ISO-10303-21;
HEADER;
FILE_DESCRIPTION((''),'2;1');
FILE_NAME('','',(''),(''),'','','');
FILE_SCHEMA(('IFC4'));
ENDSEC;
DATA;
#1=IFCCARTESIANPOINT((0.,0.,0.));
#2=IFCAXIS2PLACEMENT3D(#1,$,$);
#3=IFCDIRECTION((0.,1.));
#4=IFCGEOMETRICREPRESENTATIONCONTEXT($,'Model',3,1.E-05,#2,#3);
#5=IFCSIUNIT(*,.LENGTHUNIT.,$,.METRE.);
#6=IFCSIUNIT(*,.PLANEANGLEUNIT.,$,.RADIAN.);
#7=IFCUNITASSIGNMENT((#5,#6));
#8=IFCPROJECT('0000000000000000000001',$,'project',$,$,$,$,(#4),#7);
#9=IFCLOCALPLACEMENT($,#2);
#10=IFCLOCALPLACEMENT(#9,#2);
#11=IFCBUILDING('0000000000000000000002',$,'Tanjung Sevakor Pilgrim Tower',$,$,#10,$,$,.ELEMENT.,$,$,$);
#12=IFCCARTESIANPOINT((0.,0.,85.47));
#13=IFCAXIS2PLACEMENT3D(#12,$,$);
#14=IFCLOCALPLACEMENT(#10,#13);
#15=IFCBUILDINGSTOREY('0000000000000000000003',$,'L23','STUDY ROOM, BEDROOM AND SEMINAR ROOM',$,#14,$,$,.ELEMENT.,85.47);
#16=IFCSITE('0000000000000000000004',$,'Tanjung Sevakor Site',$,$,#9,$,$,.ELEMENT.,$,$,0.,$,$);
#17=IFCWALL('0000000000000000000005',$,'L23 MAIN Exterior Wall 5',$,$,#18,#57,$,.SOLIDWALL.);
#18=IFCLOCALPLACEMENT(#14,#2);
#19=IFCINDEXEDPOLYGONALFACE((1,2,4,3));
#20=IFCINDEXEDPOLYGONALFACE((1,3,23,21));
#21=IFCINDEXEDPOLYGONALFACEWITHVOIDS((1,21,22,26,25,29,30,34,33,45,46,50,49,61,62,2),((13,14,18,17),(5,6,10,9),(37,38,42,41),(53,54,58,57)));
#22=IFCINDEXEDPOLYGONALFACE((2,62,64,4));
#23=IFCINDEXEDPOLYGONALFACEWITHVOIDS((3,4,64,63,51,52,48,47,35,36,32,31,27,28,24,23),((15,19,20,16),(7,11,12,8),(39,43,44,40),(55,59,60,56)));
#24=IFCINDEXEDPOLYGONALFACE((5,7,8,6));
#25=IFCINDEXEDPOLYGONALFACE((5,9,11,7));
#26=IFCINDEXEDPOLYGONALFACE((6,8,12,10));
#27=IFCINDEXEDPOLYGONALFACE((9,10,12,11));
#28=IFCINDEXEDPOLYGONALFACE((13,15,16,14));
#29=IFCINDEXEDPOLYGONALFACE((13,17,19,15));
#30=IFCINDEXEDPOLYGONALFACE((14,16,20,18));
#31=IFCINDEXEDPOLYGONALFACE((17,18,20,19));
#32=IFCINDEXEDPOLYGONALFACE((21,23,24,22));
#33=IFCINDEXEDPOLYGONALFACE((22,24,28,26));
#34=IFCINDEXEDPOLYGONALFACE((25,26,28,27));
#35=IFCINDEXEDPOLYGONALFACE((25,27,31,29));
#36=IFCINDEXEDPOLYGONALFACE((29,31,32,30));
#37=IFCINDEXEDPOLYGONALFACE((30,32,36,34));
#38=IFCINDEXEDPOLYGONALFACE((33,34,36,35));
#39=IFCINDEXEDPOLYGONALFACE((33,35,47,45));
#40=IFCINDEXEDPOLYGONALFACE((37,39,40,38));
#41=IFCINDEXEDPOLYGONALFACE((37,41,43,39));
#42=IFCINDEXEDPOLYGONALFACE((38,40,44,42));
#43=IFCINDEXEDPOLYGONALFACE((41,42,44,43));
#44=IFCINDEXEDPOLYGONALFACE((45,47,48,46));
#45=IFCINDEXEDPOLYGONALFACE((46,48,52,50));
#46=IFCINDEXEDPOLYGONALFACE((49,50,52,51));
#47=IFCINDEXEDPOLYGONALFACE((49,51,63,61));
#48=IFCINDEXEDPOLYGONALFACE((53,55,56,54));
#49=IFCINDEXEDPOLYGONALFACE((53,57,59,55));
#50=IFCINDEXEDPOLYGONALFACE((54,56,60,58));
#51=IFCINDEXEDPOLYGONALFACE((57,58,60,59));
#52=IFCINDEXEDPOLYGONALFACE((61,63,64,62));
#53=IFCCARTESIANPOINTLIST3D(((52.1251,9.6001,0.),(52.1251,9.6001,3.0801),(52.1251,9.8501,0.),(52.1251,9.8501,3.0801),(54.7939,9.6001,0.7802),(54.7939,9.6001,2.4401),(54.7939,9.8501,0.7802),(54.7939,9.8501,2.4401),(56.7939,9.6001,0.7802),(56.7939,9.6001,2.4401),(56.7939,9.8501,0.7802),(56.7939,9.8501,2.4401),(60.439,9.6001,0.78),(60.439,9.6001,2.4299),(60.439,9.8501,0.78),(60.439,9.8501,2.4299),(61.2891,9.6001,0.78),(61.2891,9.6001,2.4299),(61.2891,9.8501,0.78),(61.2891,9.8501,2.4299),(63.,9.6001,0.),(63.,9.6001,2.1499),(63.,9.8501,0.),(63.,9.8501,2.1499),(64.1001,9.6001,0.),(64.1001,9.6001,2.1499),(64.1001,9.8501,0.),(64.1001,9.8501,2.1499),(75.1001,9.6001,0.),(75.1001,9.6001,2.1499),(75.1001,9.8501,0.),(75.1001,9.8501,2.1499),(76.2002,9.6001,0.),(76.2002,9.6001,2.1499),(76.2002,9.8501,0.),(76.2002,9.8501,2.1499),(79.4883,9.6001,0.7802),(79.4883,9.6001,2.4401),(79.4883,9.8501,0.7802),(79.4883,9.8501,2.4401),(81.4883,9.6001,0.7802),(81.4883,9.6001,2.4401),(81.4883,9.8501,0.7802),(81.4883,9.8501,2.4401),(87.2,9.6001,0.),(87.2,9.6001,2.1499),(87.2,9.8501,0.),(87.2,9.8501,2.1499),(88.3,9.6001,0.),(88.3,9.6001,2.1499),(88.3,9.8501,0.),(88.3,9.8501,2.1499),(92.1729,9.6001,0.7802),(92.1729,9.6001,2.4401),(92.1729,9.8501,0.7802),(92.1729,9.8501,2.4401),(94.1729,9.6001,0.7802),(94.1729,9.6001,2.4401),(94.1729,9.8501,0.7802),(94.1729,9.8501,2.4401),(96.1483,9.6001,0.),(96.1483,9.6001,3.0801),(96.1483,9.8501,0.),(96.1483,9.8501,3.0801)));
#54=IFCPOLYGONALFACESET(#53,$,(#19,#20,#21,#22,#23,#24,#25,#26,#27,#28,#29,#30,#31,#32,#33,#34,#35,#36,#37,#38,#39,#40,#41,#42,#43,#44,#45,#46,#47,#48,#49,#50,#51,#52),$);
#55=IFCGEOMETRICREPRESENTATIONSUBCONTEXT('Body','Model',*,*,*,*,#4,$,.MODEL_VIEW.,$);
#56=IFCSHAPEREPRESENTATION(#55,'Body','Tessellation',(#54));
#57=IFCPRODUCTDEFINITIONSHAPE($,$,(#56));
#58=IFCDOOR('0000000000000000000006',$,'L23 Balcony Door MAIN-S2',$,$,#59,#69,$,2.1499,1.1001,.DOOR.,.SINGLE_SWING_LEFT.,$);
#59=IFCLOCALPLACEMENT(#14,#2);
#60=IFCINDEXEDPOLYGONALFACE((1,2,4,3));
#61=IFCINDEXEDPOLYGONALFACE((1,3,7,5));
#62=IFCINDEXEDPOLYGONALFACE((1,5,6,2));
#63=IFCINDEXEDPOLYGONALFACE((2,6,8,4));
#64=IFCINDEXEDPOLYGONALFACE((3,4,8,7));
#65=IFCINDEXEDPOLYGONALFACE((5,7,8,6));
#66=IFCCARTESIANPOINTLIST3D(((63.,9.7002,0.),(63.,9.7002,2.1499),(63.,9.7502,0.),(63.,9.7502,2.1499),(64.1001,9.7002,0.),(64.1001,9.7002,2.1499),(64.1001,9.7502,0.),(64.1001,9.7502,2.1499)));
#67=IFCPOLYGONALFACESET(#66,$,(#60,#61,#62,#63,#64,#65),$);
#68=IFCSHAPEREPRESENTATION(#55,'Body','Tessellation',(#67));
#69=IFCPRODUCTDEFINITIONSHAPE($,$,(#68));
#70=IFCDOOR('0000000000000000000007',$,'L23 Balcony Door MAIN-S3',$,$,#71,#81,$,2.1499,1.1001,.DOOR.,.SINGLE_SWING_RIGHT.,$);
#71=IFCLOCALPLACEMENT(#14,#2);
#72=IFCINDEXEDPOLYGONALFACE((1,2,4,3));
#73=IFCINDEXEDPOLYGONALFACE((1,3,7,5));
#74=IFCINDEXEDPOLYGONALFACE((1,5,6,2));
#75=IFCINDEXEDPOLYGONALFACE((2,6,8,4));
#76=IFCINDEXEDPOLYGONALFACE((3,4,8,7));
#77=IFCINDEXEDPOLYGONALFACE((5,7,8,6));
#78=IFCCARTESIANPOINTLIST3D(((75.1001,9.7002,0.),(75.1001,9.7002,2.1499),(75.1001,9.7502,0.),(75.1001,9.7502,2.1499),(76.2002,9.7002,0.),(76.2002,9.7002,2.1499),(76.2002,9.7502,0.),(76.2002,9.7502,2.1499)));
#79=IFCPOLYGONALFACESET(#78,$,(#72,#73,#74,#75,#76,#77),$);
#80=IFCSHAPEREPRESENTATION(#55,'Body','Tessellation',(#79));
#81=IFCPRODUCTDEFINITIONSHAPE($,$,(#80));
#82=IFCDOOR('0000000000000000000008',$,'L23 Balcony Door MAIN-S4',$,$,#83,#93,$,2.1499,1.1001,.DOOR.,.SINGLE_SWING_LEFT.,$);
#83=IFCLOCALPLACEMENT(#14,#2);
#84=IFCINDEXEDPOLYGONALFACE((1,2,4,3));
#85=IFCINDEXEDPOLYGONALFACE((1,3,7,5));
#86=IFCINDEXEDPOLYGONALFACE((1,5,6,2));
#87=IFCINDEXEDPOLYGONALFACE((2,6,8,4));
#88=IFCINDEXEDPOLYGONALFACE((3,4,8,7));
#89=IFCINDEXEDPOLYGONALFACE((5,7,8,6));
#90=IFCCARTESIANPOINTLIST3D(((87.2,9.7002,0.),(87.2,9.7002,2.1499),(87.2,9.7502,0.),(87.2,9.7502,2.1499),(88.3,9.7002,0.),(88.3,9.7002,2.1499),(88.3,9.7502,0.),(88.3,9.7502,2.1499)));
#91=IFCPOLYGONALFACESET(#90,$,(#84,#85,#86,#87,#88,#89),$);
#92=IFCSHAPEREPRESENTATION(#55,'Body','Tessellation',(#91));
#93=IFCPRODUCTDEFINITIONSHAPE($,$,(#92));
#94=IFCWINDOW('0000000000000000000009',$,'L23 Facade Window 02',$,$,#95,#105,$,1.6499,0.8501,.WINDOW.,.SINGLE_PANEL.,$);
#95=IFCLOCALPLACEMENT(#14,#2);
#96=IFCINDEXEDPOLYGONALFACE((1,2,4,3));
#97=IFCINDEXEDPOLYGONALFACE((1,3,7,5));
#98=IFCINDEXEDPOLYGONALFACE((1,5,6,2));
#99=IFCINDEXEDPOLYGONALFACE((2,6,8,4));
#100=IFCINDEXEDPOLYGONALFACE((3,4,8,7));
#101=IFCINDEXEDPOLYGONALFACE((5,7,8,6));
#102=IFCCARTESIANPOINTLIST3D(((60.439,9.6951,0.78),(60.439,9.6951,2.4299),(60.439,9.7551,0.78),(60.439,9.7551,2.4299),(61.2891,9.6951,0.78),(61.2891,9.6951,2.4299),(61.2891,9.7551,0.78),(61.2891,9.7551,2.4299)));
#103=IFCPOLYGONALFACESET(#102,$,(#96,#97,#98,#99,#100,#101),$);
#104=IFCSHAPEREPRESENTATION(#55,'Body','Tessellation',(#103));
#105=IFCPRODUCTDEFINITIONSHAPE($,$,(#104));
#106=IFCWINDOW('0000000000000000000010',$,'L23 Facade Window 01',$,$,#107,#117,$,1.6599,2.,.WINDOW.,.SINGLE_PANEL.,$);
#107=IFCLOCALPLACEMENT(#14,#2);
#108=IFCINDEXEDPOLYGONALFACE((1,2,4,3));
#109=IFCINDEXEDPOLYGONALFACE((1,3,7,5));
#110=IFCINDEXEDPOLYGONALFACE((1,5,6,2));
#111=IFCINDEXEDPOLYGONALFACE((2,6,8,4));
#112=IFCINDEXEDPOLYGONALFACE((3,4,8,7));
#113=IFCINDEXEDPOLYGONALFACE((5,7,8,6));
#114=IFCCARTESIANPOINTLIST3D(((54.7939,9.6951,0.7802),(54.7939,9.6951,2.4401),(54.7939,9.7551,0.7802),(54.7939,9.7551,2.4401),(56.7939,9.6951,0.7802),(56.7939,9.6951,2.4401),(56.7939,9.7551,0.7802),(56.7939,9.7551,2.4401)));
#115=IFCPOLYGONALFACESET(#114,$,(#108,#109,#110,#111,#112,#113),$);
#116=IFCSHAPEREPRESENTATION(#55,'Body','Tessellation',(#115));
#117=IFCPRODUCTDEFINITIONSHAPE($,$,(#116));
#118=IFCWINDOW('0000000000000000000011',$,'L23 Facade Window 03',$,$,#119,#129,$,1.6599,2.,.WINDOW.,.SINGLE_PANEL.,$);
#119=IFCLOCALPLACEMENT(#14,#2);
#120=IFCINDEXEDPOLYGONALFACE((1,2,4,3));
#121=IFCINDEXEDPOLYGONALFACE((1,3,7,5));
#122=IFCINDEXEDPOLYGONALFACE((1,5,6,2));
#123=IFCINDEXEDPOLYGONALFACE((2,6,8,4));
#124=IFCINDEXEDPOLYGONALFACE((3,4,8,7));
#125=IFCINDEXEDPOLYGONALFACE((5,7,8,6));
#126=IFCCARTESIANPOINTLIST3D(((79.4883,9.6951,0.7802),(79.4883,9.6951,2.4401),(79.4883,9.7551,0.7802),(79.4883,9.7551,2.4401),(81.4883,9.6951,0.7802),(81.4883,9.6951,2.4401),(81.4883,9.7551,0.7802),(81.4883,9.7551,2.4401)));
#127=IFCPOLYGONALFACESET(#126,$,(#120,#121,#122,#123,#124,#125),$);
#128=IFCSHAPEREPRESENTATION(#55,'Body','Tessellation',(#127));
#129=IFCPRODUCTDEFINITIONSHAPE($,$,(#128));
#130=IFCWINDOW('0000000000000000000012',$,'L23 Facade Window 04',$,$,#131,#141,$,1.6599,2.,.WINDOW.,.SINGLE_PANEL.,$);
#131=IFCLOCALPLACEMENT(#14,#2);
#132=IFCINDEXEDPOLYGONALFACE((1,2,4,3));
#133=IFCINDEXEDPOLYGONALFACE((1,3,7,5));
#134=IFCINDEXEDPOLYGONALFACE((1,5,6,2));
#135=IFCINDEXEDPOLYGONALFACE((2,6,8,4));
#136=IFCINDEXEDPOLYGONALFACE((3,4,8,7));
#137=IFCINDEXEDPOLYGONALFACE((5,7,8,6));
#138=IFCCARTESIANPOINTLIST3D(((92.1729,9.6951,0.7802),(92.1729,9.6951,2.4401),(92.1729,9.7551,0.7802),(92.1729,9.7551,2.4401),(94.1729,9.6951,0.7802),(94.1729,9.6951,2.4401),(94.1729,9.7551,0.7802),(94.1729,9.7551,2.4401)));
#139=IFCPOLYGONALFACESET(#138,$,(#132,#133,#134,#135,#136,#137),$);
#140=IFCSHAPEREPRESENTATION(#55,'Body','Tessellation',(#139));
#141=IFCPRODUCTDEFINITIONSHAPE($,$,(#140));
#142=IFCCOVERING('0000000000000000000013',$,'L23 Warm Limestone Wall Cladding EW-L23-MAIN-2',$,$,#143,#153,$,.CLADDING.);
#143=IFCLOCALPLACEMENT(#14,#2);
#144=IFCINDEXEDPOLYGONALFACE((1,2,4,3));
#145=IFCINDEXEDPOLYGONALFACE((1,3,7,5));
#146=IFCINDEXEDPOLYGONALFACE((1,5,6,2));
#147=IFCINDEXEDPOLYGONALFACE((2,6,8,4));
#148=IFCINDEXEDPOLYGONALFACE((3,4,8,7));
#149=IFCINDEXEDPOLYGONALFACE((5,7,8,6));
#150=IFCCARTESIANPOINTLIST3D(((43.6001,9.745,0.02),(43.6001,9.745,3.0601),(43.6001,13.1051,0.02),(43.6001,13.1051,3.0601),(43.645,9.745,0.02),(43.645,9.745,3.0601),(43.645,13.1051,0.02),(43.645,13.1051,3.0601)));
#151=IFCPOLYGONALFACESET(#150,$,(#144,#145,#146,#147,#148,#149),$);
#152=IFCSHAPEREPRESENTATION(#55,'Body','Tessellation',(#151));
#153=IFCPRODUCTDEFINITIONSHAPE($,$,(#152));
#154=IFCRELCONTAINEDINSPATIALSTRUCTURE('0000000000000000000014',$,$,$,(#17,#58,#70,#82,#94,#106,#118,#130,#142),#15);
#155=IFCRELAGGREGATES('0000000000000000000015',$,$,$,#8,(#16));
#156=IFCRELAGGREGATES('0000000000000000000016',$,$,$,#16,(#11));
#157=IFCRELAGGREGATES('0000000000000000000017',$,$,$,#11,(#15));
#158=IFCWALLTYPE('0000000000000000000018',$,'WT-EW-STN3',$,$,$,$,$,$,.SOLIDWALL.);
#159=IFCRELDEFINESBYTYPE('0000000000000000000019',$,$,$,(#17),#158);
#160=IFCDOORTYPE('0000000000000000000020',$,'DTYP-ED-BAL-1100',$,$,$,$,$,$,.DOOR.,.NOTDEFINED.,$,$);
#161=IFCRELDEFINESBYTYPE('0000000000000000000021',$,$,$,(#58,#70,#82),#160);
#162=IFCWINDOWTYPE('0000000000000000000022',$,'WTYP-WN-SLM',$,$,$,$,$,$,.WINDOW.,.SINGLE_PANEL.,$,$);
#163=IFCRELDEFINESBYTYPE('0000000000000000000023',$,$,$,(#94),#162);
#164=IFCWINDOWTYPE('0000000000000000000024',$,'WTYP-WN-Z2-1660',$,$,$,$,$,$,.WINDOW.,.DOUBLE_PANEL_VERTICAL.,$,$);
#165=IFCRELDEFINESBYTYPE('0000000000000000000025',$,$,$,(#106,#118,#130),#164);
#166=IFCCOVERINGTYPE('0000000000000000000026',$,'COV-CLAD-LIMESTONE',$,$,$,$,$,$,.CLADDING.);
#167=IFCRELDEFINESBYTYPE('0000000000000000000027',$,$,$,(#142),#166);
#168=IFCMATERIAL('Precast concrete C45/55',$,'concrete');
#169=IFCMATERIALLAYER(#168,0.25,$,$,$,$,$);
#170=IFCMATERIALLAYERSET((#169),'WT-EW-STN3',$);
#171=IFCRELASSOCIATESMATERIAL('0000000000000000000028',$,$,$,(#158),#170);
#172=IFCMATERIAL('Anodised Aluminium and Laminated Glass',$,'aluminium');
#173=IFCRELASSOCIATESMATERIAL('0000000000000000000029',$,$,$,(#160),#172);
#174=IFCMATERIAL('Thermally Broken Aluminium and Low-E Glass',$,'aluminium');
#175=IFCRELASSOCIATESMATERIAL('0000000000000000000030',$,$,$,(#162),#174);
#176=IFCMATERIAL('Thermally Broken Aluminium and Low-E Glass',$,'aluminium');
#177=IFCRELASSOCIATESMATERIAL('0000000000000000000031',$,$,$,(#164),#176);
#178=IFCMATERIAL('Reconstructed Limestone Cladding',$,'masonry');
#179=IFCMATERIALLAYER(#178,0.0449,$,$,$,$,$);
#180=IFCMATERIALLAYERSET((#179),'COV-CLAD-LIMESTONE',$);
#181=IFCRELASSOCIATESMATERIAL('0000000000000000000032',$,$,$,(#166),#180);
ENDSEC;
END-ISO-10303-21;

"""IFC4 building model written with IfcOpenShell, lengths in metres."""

from ifc_helpers import new_model, si_unit, direction, frame, frame_2d, origin, origin_2d, place, context, subcontext, project, spatial, rectangle, extrude, material, layer, layer_set, type_object, element, fill, save


model = new_model("IFC4")

# Units and contexts
model_context = context("Model", 3, precision=1e-05, world=origin(), true_north=direction((0.0, 1.0)))
body_context = subcontext(model_context, "Body", "Model", "MODEL_VIEW")
ifc_project = project(units=[si_unit("LENGTHUNIT", "METRE"), si_unit("PLANEANGLEUNIT", "RADIAN")], contexts=[model_context])

# Site, building, storey
site_placement = place(None, origin())
site = spatial("IfcSite", under=ifc_project, at=site_placement, Name="Tanjung Sevakor Site", CompositionType="ELEMENT", RefElevation=0.0)
building_placement = place(site_placement, origin())
building = spatial("IfcBuilding", under=site, at=building_placement, Name="Tanjung Sevakor Pilgrim Tower", CompositionType="ELEMENT")
storey_placement = place(building_placement, frame((0.0, 0.0, 85.47)))
storey = spatial("IfcBuildingStorey", under=building, at=storey_placement, Name="L23", Description="STUDY ROOM, BEDROOM AND SEMINAR ROOM", CompositionType="ELEMENT", Elevation=85.47)

# Shared definitions
ifc_material_1 = material(Name="Precast concrete C45/55", Category="concrete")
ifc_layer_1 = layer(ifc_material_1, 0.25)
ifc_layer_set_1 = layer_set([ifc_layer_1], Name="WT-EW-STN3")
wall_type_1 = type_object("IfcWallType", Name="WT-EW-STN3", PredefinedType="SOLIDWALL", material=ifc_layer_set_1)

# Wall, openings, doors, windows
wall_1_placement = place(storey_placement, frame((52.125, 9.7251, 0.0), z_axis=(0.0, 0.0, 1.0), x_axis=(1.0, 0.0, 0.0)))
wall_1 = element("IfcWall", 1, at=wall_1_placement, inside=storey, type_object=wall_type_1, Name="L23 MAIN Exterior Wall 5", PredefinedType="SOLIDWALL", context=body_context, shape_type="SweptSolid", body=[
    extrude(rectangle(XDim=44.0232, YDim=0.25, at=frame_2d((22.0117, 0.0))), origin(), (0.0, 0.0, 1.0), 3.0801),
])
opening_1_placement = place(wall_1_placement, frame((10.875, 0.0, 0.0)))
opening_1 = element("IfcOpeningElement", 2, at=opening_1_placement, cuts=wall_1, PredefinedType="OPENING", context=body_context, shape_type="SweptSolid", body=[
    extrude(rectangle(XDim=1.1001, YDim=2.1499, at=frame_2d((0.55, 1.075))), frame((0.0, 0.135, 0.0), z_axis=(0.0, -1.0, 0.0), x_axis=(1.0, 0.0, 0.0)), (0.0, 0.0, 1.0), 0.27),
])
opening_2_placement = place(wall_1_placement, frame((22.9751, 0.0, 0.0)))
opening_2 = element("IfcOpeningElement", 3, at=opening_2_placement, cuts=wall_1, PredefinedType="OPENING", context=body_context, shape_type="SweptSolid", body=[
    extrude(rectangle(XDim=1.1001, YDim=2.1499, at=frame_2d((0.55, 1.075))), frame((0.0, 0.135, 0.0), z_axis=(0.0, -1.0, 0.0), x_axis=(1.0, 0.0, 0.0)), (0.0, 0.0, 1.0), 0.27),
])
opening_3_placement = place(wall_1_placement, frame((35.075, 0.0, 0.0)))
opening_3 = element("IfcOpeningElement", 4, at=opening_3_placement, cuts=wall_1, PredefinedType="OPENING", context=body_context, shape_type="SweptSolid", body=[
    extrude(rectangle(XDim=1.1001, YDim=2.1499, at=frame_2d((0.55, 1.075))), frame((0.0, 0.135, 0.0), z_axis=(0.0, -1.0, 0.0), x_axis=(1.0, 0.0, 0.0)), (0.0, 0.0, 1.0), 0.27),
])
opening_4_placement = place(wall_1_placement, frame((2.6689, 0.0, 0.78)))
opening_4 = element("IfcOpeningElement", 5, at=opening_4_placement, cuts=wall_1, PredefinedType="OPENING", context=body_context, shape_type="SweptSolid", body=[
    extrude(rectangle(XDim=2.0, YDim=1.6599, at=frame_2d((1.0, 0.8301))), frame((0.0, 0.135, 0.0), z_axis=(0.0, -1.0, 0.0), x_axis=(1.0, 0.0, 0.0)), (0.0, 0.0, 1.0), 0.27),
])
opening_5_placement = place(wall_1_placement, frame((8.314, 0.0, 0.78)))
opening_5 = element("IfcOpeningElement", 6, at=opening_5_placement, cuts=wall_1, PredefinedType="OPENING", context=body_context, shape_type="SweptSolid", body=[
    extrude(rectangle(XDim=0.8501, YDim=1.6499, at=frame_2d((0.425, 0.825))), frame((0.0, 0.135, 0.0), z_axis=(0.0, -1.0, 0.0), x_axis=(1.0, 0.0, 0.0)), (0.0, 0.0, 1.0), 0.27),
])
opening_6_placement = place(wall_1_placement, frame((27.3633, 0.0, 0.78)))
opening_6 = element("IfcOpeningElement", 7, at=opening_6_placement, cuts=wall_1, PredefinedType="OPENING", context=body_context, shape_type="SweptSolid", body=[
    extrude(rectangle(XDim=2.0, YDim=1.6599, at=frame_2d((1.0, 0.8301))), frame((0.0, 0.135, 0.0), z_axis=(0.0, -1.0, 0.0), x_axis=(1.0, 0.0, 0.0)), (0.0, 0.0, 1.0), 0.27),
])
opening_7_placement = place(wall_1_placement, frame((40.0479, 0.0, 0.78)))
opening_7 = element("IfcOpeningElement", 8, at=opening_7_placement, cuts=wall_1, PredefinedType="OPENING", context=body_context, shape_type="SweptSolid", body=[
    extrude(rectangle(XDim=2.0, YDim=1.6599, at=frame_2d((1.0, 0.8301))), frame((0.0, 0.135, 0.0), z_axis=(0.0, -1.0, 0.0), x_axis=(1.0, 0.0, 0.0)), (0.0, 0.0, 1.0), 0.27),
])
ifc_material_2 = material(Name="Anodised Aluminium and Laminated Glass", Category="aluminium")
door_type = type_object("IfcDoorType", Name="DTYP-ED-BAL-1100", OperationType="NOTDEFINED", PredefinedType="DOOR", material=ifc_material_2)
door_1_placement = place(opening_1_placement, frame((1.1001, 0.0, 0.0), z_axis=(0.0, 0.0, 1.0), x_axis=(-1.0, 0.0, 0.0)))
door_1 = element("IfcDoor", 9, at=door_1_placement, inside=storey, type_object=door_type, Name="L23 Balcony Door MAIN-S2", OperationType="SINGLE_SWING_LEFT", OverallHeight=2.1499, OverallWidth=1.1001, PredefinedType="DOOR", context=body_context, shape_type="SweptSolid", body=[
    extrude(rectangle(XDim=1.1001, YDim=2.1499, at=frame_2d((0.55, 1.075))), frame((0.0, 0.0249, 0.0), z_axis=(0.0, -1.0, 0.0), x_axis=(1.0, 0.0, 0.0)), (0.0, 0.0, 1.0), 0.05),
])
fill(opening_1, door_1)
door_2_placement = place(opening_2_placement, frame((1.1001, 0.0, 0.0), z_axis=(0.0, 0.0, 1.0), x_axis=(-1.0, 0.0, 0.0)))
door_2 = element("IfcDoor", 10, at=door_2_placement, inside=storey, type_object=door_type, Name="L23 Balcony Door MAIN-S3", OperationType="SINGLE_SWING_RIGHT", OverallHeight=2.1499, OverallWidth=1.1001, PredefinedType="DOOR", context=body_context, shape_type="SweptSolid", body=[
    extrude(rectangle(XDim=1.1001, YDim=2.1499, at=frame_2d((0.55, 1.075))), frame((0.0, 0.0249, 0.0), z_axis=(0.0, -1.0, 0.0), x_axis=(1.0, 0.0, 0.0)), (0.0, 0.0, 1.0), 0.05),
])
fill(opening_2, door_2)
door_3_placement = place(opening_3_placement, frame((1.1001, 0.0, 0.0), z_axis=(0.0, 0.0, 1.0), x_axis=(-1.0, 0.0, 0.0)))
door_3 = element("IfcDoor", 11, at=door_3_placement, inside=storey, type_object=door_type, Name="L23 Balcony Door MAIN-S4", OperationType="SINGLE_SWING_LEFT", OverallHeight=2.1499, OverallWidth=1.1001, PredefinedType="DOOR", context=body_context, shape_type="SweptSolid", body=[
    extrude(rectangle(XDim=1.1001, YDim=2.1499, at=frame_2d((0.55, 1.075))), frame((0.0, 0.0249, 0.0), z_axis=(0.0, -1.0, 0.0), x_axis=(1.0, 0.0, 0.0)), (0.0, 0.0, 1.0), 0.05),
])
fill(opening_3, door_3)
ifc_material_3 = material(Name="Thermally Broken Aluminium and Low-E Glass", Category="aluminium")
window_type_1 = type_object("IfcWindowType", Name="WTYP-WN-SLM", PartitioningType="SINGLE_PANEL", PredefinedType="WINDOW", material=ifc_material_3)
window_1_placement = place(opening_5_placement, origin())
window_1 = element("IfcWindow", 12, at=window_1_placement, inside=storey, type_object=window_type_1, Name="L23 Facade Window 02", OverallHeight=1.6499, OverallWidth=0.8501, PartitioningType="SINGLE_PANEL", PredefinedType="WINDOW", context=body_context, shape_type="SweptSolid", body=[
    extrude(rectangle(XDim=0.8501, YDim=1.6499, at=frame_2d((0.425, 0.825))), frame((0.0, 0.03, 0.0), z_axis=(0.0, -1.0, 0.0), x_axis=(1.0, 0.0, 0.0)), (0.0, 0.0, 1.0), 0.0601),
])
fill(opening_5, window_1)
ifc_material_4 = material(Name="Thermally Broken Aluminium and Low-E Glass", Category="aluminium")
window_type_2 = type_object("IfcWindowType", Name="WTYP-WN-Z2-1660", PartitioningType="DOUBLE_PANEL_VERTICAL", PredefinedType="WINDOW", material=ifc_material_4)
window_2_placement = place(opening_4_placement, origin())
window_2 = element("IfcWindow", 13, at=window_2_placement, inside=storey, type_object=window_type_2, Name="L23 Facade Window 01", OverallHeight=1.6599, OverallWidth=2.0, PartitioningType="SINGLE_PANEL", PredefinedType="WINDOW", context=body_context, shape_type="SweptSolid", body=[
    extrude(rectangle(XDim=2.0, YDim=1.6599, at=frame_2d((1.0, 0.8301))), frame((0.0, 0.03, 0.0), z_axis=(0.0, -1.0, 0.0), x_axis=(1.0, 0.0, 0.0)), (0.0, 0.0, 1.0), 0.0601),
])
fill(opening_4, window_2)
window_3_placement = place(opening_6_placement, origin())
window_3 = element("IfcWindow", 14, at=window_3_placement, inside=storey, type_object=window_type_2, Name="L23 Facade Window 03", OverallHeight=1.6599, OverallWidth=2.0, PartitioningType="SINGLE_PANEL", PredefinedType="WINDOW", context=body_context, shape_type="SweptSolid", body=[
    extrude(rectangle(XDim=2.0, YDim=1.6599, at=frame_2d((1.0, 0.8301))), frame((0.0, 0.03, 0.0), z_axis=(0.0, -1.0, 0.0), x_axis=(1.0, 0.0, 0.0)), (0.0, 0.0, 1.0), 0.0601),
])
fill(opening_6, window_3)
window_4_placement = place(opening_7_placement, origin())
window_4 = element("IfcWindow", 15, at=window_4_placement, inside=storey, type_object=window_type_2, Name="L23 Facade Window 04", OverallHeight=1.6599, OverallWidth=2.0, PartitioningType="SINGLE_PANEL", PredefinedType="WINDOW", context=body_context, shape_type="SweptSolid", body=[
    extrude(rectangle(XDim=2.0, YDim=1.6599, at=frame_2d((1.0, 0.8301))), frame((0.0, 0.03, 0.0), z_axis=(0.0, -1.0, 0.0), x_axis=(1.0, 0.0, 0.0)), (0.0, 0.0, 1.0), 0.0601),
])
fill(opening_7, window_4)

# Covering
ifc_material_5 = material(Name="Reconstructed Limestone Cladding", Category="masonry")
ifc_layer_2 = layer(ifc_material_5, 0.0449)
ifc_layer_set_2 = layer_set([ifc_layer_2], Name="COV-CLAD-LIMESTONE")
covering_type = type_object("IfcCoveringType", Name="COV-CLAD-LIMESTONE", PredefinedType="CLADDING", material=ifc_layer_set_2)
for number, where, z_axis, x_axis, name in (
    (16, (43.6226, 11.425, 0.02), (0.0, 0.0, 1.0), (0.0, 1.0, 0.0), "L23 Warm Limestone Wall Cladding EW-L23-MAIN-2"),
):
    element("IfcCovering", number, at=place(storey_placement, frame(where, z_axis=z_axis, x_axis=x_axis)), inside=storey, type_object=covering_type, Name=name, PredefinedType="CLADDING", context=body_context, shape_type="SweptSolid", body=[
        extrude(rectangle(XDim=3.3601, YDim=0.0449, at=origin_2d()), origin(), (0.0, 0.0, 1.0), 3.04),
    ])

save(model, "model.ifc")
